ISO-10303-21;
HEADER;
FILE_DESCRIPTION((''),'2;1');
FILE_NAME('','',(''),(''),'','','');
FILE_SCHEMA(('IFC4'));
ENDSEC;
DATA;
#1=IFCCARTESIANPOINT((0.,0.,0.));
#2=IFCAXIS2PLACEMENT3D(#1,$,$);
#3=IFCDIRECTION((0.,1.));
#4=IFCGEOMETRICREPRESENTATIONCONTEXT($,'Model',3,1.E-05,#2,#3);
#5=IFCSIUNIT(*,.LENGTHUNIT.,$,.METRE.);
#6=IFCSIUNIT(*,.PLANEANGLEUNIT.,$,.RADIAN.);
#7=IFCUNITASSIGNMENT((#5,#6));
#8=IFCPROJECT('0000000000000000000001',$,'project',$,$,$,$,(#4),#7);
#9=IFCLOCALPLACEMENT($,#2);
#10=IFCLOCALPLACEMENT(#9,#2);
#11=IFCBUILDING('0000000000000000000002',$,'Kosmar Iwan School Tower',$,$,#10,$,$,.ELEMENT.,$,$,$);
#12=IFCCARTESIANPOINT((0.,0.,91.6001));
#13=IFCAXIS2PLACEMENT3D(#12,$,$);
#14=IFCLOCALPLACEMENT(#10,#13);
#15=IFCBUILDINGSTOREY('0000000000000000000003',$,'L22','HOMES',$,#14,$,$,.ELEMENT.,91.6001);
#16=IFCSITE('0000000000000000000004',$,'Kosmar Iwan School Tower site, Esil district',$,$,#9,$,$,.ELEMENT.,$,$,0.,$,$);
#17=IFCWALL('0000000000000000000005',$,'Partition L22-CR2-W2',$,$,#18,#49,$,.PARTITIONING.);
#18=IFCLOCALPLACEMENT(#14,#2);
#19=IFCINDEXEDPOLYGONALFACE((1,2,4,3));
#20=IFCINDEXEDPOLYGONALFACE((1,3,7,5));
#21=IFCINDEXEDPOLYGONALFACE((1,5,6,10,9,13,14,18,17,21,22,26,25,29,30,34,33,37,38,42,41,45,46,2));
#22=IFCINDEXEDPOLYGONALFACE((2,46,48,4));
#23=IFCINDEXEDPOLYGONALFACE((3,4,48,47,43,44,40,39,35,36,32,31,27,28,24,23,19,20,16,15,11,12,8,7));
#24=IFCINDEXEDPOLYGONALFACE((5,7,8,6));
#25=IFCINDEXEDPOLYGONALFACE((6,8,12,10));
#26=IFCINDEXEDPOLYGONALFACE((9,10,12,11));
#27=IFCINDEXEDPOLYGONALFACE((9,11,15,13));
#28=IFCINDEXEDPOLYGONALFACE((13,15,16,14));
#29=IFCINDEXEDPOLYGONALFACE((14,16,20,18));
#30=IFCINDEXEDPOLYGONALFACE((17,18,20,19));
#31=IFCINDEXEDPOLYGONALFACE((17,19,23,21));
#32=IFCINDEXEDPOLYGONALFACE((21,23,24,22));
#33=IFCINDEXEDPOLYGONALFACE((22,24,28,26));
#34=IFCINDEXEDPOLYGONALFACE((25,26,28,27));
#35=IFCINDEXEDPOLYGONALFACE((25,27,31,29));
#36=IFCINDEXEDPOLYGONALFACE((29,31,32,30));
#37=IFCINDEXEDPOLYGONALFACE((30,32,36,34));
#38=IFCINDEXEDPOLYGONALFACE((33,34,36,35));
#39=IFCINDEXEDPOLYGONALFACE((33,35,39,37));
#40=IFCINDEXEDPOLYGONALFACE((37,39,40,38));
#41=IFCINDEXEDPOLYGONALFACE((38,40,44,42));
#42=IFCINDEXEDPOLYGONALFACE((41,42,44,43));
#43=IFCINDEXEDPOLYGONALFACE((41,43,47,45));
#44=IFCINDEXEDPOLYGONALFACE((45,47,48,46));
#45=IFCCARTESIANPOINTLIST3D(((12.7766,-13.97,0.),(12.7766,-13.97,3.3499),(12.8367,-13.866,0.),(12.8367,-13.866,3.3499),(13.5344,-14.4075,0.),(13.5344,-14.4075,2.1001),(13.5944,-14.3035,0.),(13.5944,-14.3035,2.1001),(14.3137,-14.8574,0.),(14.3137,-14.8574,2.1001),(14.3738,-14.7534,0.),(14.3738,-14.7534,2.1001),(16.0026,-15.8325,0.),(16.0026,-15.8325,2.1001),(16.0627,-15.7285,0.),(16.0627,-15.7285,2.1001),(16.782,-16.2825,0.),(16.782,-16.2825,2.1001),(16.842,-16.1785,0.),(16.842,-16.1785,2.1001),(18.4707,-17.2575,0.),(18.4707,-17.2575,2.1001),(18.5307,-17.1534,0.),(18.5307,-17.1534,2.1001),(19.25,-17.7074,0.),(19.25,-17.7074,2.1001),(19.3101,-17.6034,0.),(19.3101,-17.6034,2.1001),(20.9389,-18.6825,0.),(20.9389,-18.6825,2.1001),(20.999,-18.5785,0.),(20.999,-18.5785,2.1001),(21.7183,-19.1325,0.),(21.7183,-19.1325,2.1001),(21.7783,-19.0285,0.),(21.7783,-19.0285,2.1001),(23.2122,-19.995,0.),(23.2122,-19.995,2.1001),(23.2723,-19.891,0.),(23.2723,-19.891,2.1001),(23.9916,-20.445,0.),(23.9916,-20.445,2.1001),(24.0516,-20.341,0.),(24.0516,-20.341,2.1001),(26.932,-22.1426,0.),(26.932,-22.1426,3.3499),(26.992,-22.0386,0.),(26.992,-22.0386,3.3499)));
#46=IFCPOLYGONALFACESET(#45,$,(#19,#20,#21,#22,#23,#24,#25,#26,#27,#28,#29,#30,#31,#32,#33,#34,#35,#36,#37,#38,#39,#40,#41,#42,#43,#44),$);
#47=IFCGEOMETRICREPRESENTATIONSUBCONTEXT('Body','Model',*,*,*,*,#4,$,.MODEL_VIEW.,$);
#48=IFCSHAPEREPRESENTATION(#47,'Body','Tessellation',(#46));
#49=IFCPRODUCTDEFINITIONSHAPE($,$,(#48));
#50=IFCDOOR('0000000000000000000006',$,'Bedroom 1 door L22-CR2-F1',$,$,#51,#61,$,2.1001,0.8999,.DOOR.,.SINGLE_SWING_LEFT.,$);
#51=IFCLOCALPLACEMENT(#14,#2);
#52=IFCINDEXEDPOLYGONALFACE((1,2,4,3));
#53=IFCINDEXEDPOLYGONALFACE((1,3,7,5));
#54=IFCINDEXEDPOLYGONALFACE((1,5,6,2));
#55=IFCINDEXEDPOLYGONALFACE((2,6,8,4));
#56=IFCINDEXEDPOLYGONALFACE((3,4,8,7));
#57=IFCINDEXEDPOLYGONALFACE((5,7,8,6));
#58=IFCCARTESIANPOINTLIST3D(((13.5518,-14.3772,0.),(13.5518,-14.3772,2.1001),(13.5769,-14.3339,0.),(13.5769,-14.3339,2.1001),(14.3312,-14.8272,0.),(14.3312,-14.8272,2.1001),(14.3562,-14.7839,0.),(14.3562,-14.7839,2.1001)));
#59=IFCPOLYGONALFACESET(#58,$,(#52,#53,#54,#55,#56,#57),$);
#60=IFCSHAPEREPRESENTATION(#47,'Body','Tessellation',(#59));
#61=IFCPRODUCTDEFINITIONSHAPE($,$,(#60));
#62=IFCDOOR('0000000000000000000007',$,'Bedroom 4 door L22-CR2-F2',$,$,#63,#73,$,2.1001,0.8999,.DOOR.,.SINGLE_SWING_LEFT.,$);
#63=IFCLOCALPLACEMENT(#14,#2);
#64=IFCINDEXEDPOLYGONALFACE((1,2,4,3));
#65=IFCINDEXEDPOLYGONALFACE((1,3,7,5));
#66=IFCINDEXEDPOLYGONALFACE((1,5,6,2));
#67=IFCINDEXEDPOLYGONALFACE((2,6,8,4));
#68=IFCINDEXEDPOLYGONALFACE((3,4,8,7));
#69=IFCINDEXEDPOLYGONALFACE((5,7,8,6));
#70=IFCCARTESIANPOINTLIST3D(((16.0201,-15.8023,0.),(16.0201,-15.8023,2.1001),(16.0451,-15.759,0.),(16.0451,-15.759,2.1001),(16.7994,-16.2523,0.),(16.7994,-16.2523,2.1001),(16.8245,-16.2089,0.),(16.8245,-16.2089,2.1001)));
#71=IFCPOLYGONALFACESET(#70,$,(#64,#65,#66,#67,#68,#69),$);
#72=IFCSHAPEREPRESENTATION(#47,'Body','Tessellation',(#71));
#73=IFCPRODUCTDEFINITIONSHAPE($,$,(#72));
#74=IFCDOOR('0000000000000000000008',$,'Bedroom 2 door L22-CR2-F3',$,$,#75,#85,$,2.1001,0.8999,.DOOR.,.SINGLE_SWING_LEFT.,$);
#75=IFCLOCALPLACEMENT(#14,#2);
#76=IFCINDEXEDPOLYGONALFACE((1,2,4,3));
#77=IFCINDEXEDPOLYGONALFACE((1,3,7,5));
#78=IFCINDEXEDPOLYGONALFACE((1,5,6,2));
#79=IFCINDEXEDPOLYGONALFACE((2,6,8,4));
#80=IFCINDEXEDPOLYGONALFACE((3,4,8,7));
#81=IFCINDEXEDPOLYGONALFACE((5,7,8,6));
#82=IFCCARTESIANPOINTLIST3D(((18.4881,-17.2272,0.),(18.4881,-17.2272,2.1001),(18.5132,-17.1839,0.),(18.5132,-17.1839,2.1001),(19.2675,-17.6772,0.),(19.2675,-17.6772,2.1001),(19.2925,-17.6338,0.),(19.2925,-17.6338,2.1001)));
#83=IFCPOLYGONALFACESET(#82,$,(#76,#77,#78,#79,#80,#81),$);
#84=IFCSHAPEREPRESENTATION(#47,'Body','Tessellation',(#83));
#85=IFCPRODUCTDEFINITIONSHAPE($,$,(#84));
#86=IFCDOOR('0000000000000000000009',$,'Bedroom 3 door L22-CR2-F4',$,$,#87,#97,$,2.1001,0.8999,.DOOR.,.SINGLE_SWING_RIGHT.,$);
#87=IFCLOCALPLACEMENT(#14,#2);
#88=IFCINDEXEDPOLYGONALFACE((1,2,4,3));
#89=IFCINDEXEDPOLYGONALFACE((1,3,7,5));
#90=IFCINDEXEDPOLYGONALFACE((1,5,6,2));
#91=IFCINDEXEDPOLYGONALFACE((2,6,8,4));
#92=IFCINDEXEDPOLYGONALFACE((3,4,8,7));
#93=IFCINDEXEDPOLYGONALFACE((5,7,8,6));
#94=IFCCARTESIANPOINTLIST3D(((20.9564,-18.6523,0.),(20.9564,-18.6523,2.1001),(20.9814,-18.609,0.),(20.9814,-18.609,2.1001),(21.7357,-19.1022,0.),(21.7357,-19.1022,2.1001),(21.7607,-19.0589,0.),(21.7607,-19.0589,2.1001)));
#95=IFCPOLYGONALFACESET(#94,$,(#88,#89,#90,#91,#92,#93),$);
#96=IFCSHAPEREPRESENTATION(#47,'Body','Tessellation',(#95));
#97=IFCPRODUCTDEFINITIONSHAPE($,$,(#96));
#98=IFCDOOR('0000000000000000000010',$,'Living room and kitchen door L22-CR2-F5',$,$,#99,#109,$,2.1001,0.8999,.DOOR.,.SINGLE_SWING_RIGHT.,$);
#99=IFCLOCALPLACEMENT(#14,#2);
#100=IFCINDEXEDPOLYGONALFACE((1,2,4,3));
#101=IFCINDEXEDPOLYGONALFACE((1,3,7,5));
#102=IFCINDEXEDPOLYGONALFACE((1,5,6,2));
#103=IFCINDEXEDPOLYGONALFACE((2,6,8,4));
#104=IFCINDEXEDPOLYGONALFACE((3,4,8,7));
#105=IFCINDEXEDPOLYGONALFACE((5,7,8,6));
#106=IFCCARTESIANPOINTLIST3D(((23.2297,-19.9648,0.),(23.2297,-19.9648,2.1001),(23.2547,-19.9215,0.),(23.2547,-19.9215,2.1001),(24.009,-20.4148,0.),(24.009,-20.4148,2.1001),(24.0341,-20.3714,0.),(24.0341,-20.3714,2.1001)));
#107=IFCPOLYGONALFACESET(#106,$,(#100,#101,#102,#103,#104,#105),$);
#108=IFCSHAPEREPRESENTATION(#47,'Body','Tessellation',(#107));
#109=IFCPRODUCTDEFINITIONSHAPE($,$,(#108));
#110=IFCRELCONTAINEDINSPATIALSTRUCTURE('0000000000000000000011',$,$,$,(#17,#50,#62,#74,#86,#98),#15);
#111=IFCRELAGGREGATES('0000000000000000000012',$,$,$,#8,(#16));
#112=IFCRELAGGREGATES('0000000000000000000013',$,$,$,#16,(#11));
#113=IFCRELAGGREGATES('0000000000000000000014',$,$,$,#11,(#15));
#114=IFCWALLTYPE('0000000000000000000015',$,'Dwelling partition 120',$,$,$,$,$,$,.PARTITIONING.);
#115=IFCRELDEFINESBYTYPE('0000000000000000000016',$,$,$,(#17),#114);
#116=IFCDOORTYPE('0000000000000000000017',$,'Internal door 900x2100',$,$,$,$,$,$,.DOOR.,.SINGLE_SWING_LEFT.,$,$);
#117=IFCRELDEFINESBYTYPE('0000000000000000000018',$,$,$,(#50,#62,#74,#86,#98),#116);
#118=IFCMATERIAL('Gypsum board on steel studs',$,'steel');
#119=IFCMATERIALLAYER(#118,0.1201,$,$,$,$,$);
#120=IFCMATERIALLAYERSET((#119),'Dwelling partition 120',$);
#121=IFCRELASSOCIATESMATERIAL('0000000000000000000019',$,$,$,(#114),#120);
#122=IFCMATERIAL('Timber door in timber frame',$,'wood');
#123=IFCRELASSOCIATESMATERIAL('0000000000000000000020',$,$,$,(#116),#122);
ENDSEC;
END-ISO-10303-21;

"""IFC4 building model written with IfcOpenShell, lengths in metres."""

from ifc_helpers import new_model, si_unit, direction, frame, frame_2d, origin, place, context, subcontext, project, spatial, rectangle, extrude, material, layer, layer_set, type_object, element, fill, save


model = new_model("IFC4")

# Units and contexts
model_context = context("Model", 3, precision=1e-05, world=origin(), true_north=direction((0.0, 1.0)))
body_context = subcontext(model_context, "Body", "Model", "MODEL_VIEW")
ifc_project = project(units=[si_unit("LENGTHUNIT", "METRE"), si_unit("PLANEANGLEUNIT", "RADIAN")], contexts=[model_context])

# Site, building, storey
site_placement = place(None, origin())
site = spatial("IfcSite", under=ifc_project, at=site_placement, Name="Kosmar Iwan School Tower site, Esil district", CompositionType="ELEMENT", RefElevation=0.0)
building_placement = place(site_placement, origin())
building = spatial("IfcBuilding", under=site, at=building_placement, Name="Kosmar Iwan School Tower", CompositionType="ELEMENT")
storey_placement = place(building_placement, frame((0.0, 0.0, 91.6001)))
storey = spatial("IfcBuildingStorey", under=building, at=storey_placement, Name="L22", Description="HOMES", CompositionType="ELEMENT", Elevation=91.6001)

# Shared definitions
ifc_material_1 = material(Name="Gypsum board on steel studs", Category="steel")
ifc_layer = layer(ifc_material_1, 0.1201)
ifc_layer_set = layer_set([ifc_layer], Name="Dwelling partition 120")
wall_type = type_object("IfcWallType", Name="Dwelling partition 120", PredefinedType="PARTITIONING", material=ifc_layer_set)

# Wall, openings, doors
ifc_material_2 = material(Name="Timber door in timber frame", Category="wood")
door_type_1 = type_object("IfcDoorType", Name="Internal door 900x2100", OperationType="SINGLE_SWING_LEFT", PredefinedType="DOOR", material=ifc_material_2)
wall_1_placement = place(storey_placement, frame((12.8066, -13.918, 0.0), z_axis=(0.0, 0.0, 1.0), x_axis=(0.866024, -0.500003, 0.0)))
wall_1 = element("IfcWall", 1, at=wall_1_placement, inside=storey, type_object=wall_type, Name="Partition L22-CR2-W2", PredefinedType="PARTITIONING", context=body_context, shape_type="SweptSolid", body=[
    extrude(rectangle(XDim=16.3452, YDim=0.1201, at=frame_2d((8.1726, 0.0))), origin(), (0.0, 0.0, 1.0), 3.3499),
])
opening_1_placement = place(wall_1_placement, frame((0.875, 0.0, 0.0)))
opening_1 = element("IfcOpeningElement", 2, at=opening_1_placement, cuts=wall_1, PredefinedType="OPENING", context=body_context, shape_type="SweptSolid", body=[
    extrude(rectangle(XDim=0.8999, YDim=2.1001, at=frame_2d((0.45, 1.05))), frame((0.0, 0.072, 0.0), z_axis=(0.0, -1.0, 0.0), x_axis=(1.0, 0.0, 0.0)), (0.0, 0.0, 1.0), 0.144),
])
opening_2_placement = place(wall_1_placement, frame((3.7251, 0.0, 0.0)))
opening_2 = element("IfcOpeningElement", 3, at=opening_2_placement, cuts=wall_1, PredefinedType="OPENING", context=body_context, shape_type="SweptSolid", body=[
    extrude(rectangle(XDim=0.8999, YDim=2.1001, at=frame_2d((0.45, 1.05))), frame((0.0, 0.072, 0.0), z_axis=(0.0, -1.0, 0.0), x_axis=(1.0, 0.0, 0.0)), (0.0, 0.0, 1.0), 0.144),
])
opening_3_placement = place(wall_1_placement, frame((6.575, 0.0, 0.0)))
opening_3 = element("IfcOpeningElement", 4, at=opening_3_placement, cuts=wall_1, PredefinedType="OPENING", context=body_context, shape_type="SweptSolid", body=[
    extrude(rectangle(XDim=0.8999, YDim=2.1001, at=frame_2d((0.45, 1.05))), frame((0.0, 0.072, 0.0), z_axis=(0.0, -1.0, 0.0), x_axis=(1.0, 0.0, 0.0)), (0.0, 0.0, 1.0), 0.144),
])
opening_4_placement = place(wall_1_placement, frame((9.425, 0.0, 0.0)))
opening_4 = element("IfcOpeningElement", 5, at=opening_4_placement, cuts=wall_1, PredefinedType="OPENING", context=body_context, shape_type="SweptSolid", body=[
    extrude(rectangle(XDim=0.8999, YDim=2.1001, at=frame_2d((0.45, 1.05))), frame((0.0, 0.072, 0.0), z_axis=(0.0, -1.0, 0.0), x_axis=(1.0, 0.0, 0.0)), (0.0, 0.0, 1.0), 0.144),
])
opening_5_placement = place(wall_1_placement, frame((12.05, 0.0, 0.0)))
opening_5 = element("IfcOpeningElement", 6, at=opening_5_placement, cuts=wall_1, PredefinedType="OPENING", context=body_context, shape_type="SweptSolid", body=[
    extrude(rectangle(XDim=0.8999, YDim=2.1001, at=frame_2d((0.45, 1.05))), frame((0.0, 0.072, 0.0), z_axis=(0.0, -1.0, 0.0), x_axis=(1.0, 0.0, 0.0)), (0.0, 0.0, 1.0), 0.144),
])
door_1_placement = place(opening_1_placement, origin())
door_1 = element("IfcDoor", 7, at=door_1_placement, inside=storey, type_object=door_type_1, Name="Bedroom 1 door L22-CR2-F1", OperationType="SINGLE_SWING_LEFT", OverallHeight=2.1001, OverallWidth=0.8999, PredefinedType="DOOR", context=body_context, shape_type="SweptSolid", body=[
    extrude(rectangle(XDim=0.8999, YDim=2.1001, at=frame_2d((0.45, 1.05))), frame((0.0, 0.0249, 0.0), z_axis=(0.0, -1.0, 0.0), x_axis=(1.0, 0.0, 0.0)), (0.0, 0.0, 1.0), 0.05),
])
fill(opening_1, door_1)
door_2_placement = place(opening_2_placement, origin())
door_2 = element("IfcDoor", 8, at=door_2_placement, inside=storey, type_object=door_type_1, Name="Bedroom 4 door L22-CR2-F2", OperationType="SINGLE_SWING_LEFT", OverallHeight=2.1001, OverallWidth=0.8999, PredefinedType="DOOR", context=body_context, shape_type="SweptSolid", body=[
    extrude(rectangle(XDim=0.8999, YDim=2.1001, at=frame_2d((0.45, 1.05))), frame((0.0, 0.0249, 0.0), z_axis=(0.0, -1.0, 0.0), x_axis=(1.0, 0.0, 0.0)), (0.0, 0.0, 1.0), 0.05),
])
fill(opening_2, door_2)
door_3_placement = place(opening_3_placement, origin())
door_3 = element("IfcDoor", 9, at=door_3_placement, inside=storey, type_object=door_type_1, Name="Bedroom 2 door L22-CR2-F3", OperationType="SINGLE_SWING_LEFT", OverallHeight=2.1001, OverallWidth=0.8999, PredefinedType="DOOR", context=body_context, shape_type="SweptSolid", body=[
    extrude(rectangle(XDim=0.8999, YDim=2.1001, at=frame_2d((0.45, 1.05))), frame((0.0, 0.0249, 0.0), z_axis=(0.0, -1.0, 0.0), x_axis=(1.0, 0.0, 0.0)), (0.0, 0.0, 1.0), 0.05),
])
fill(opening_3, door_3)
door_4_placement = place(opening_4_placement, origin())
door_4 = element("IfcDoor", 10, at=door_4_placement, inside=storey, type_object=door_type_1, Name="Bedroom 3 door L22-CR2-F4", OperationType="SINGLE_SWING_RIGHT", OverallHeight=2.1001, OverallWidth=0.8999, PredefinedType="DOOR", context=body_context, shape_type="SweptSolid", body=[
    extrude(rectangle(XDim=0.8999, YDim=2.1001, at=frame_2d((0.45, 1.05))), frame((0.0, 0.0249, 0.0), z_axis=(0.0, -1.0, 0.0), x_axis=(1.0, 0.0, 0.0)), (0.0, 0.0, 1.0), 0.05),
])
fill(opening_4, door_4)
door_5_placement = place(opening_5_placement, origin())
door_5 = element("IfcDoor", 11, at=door_5_placement, inside=storey, type_object=door_type_1, Name="Living room and kitchen door L22-CR2-F5", OperationType="SINGLE_SWING_RIGHT", OverallHeight=2.1001, OverallWidth=0.8999, PredefinedType="DOOR", context=body_context, shape_type="SweptSolid", body=[
    extrude(rectangle(XDim=0.8999, YDim=2.1001, at=frame_2d((0.45, 1.05))), frame((0.0, 0.0249, 0.0), z_axis=(0.0, -1.0, 0.0), x_axis=(1.0, 0.0, 0.0)), (0.0, 0.0, 1.0), 0.05),
])
fill(opening_5, door_5)

save(model, "model.ifc")
